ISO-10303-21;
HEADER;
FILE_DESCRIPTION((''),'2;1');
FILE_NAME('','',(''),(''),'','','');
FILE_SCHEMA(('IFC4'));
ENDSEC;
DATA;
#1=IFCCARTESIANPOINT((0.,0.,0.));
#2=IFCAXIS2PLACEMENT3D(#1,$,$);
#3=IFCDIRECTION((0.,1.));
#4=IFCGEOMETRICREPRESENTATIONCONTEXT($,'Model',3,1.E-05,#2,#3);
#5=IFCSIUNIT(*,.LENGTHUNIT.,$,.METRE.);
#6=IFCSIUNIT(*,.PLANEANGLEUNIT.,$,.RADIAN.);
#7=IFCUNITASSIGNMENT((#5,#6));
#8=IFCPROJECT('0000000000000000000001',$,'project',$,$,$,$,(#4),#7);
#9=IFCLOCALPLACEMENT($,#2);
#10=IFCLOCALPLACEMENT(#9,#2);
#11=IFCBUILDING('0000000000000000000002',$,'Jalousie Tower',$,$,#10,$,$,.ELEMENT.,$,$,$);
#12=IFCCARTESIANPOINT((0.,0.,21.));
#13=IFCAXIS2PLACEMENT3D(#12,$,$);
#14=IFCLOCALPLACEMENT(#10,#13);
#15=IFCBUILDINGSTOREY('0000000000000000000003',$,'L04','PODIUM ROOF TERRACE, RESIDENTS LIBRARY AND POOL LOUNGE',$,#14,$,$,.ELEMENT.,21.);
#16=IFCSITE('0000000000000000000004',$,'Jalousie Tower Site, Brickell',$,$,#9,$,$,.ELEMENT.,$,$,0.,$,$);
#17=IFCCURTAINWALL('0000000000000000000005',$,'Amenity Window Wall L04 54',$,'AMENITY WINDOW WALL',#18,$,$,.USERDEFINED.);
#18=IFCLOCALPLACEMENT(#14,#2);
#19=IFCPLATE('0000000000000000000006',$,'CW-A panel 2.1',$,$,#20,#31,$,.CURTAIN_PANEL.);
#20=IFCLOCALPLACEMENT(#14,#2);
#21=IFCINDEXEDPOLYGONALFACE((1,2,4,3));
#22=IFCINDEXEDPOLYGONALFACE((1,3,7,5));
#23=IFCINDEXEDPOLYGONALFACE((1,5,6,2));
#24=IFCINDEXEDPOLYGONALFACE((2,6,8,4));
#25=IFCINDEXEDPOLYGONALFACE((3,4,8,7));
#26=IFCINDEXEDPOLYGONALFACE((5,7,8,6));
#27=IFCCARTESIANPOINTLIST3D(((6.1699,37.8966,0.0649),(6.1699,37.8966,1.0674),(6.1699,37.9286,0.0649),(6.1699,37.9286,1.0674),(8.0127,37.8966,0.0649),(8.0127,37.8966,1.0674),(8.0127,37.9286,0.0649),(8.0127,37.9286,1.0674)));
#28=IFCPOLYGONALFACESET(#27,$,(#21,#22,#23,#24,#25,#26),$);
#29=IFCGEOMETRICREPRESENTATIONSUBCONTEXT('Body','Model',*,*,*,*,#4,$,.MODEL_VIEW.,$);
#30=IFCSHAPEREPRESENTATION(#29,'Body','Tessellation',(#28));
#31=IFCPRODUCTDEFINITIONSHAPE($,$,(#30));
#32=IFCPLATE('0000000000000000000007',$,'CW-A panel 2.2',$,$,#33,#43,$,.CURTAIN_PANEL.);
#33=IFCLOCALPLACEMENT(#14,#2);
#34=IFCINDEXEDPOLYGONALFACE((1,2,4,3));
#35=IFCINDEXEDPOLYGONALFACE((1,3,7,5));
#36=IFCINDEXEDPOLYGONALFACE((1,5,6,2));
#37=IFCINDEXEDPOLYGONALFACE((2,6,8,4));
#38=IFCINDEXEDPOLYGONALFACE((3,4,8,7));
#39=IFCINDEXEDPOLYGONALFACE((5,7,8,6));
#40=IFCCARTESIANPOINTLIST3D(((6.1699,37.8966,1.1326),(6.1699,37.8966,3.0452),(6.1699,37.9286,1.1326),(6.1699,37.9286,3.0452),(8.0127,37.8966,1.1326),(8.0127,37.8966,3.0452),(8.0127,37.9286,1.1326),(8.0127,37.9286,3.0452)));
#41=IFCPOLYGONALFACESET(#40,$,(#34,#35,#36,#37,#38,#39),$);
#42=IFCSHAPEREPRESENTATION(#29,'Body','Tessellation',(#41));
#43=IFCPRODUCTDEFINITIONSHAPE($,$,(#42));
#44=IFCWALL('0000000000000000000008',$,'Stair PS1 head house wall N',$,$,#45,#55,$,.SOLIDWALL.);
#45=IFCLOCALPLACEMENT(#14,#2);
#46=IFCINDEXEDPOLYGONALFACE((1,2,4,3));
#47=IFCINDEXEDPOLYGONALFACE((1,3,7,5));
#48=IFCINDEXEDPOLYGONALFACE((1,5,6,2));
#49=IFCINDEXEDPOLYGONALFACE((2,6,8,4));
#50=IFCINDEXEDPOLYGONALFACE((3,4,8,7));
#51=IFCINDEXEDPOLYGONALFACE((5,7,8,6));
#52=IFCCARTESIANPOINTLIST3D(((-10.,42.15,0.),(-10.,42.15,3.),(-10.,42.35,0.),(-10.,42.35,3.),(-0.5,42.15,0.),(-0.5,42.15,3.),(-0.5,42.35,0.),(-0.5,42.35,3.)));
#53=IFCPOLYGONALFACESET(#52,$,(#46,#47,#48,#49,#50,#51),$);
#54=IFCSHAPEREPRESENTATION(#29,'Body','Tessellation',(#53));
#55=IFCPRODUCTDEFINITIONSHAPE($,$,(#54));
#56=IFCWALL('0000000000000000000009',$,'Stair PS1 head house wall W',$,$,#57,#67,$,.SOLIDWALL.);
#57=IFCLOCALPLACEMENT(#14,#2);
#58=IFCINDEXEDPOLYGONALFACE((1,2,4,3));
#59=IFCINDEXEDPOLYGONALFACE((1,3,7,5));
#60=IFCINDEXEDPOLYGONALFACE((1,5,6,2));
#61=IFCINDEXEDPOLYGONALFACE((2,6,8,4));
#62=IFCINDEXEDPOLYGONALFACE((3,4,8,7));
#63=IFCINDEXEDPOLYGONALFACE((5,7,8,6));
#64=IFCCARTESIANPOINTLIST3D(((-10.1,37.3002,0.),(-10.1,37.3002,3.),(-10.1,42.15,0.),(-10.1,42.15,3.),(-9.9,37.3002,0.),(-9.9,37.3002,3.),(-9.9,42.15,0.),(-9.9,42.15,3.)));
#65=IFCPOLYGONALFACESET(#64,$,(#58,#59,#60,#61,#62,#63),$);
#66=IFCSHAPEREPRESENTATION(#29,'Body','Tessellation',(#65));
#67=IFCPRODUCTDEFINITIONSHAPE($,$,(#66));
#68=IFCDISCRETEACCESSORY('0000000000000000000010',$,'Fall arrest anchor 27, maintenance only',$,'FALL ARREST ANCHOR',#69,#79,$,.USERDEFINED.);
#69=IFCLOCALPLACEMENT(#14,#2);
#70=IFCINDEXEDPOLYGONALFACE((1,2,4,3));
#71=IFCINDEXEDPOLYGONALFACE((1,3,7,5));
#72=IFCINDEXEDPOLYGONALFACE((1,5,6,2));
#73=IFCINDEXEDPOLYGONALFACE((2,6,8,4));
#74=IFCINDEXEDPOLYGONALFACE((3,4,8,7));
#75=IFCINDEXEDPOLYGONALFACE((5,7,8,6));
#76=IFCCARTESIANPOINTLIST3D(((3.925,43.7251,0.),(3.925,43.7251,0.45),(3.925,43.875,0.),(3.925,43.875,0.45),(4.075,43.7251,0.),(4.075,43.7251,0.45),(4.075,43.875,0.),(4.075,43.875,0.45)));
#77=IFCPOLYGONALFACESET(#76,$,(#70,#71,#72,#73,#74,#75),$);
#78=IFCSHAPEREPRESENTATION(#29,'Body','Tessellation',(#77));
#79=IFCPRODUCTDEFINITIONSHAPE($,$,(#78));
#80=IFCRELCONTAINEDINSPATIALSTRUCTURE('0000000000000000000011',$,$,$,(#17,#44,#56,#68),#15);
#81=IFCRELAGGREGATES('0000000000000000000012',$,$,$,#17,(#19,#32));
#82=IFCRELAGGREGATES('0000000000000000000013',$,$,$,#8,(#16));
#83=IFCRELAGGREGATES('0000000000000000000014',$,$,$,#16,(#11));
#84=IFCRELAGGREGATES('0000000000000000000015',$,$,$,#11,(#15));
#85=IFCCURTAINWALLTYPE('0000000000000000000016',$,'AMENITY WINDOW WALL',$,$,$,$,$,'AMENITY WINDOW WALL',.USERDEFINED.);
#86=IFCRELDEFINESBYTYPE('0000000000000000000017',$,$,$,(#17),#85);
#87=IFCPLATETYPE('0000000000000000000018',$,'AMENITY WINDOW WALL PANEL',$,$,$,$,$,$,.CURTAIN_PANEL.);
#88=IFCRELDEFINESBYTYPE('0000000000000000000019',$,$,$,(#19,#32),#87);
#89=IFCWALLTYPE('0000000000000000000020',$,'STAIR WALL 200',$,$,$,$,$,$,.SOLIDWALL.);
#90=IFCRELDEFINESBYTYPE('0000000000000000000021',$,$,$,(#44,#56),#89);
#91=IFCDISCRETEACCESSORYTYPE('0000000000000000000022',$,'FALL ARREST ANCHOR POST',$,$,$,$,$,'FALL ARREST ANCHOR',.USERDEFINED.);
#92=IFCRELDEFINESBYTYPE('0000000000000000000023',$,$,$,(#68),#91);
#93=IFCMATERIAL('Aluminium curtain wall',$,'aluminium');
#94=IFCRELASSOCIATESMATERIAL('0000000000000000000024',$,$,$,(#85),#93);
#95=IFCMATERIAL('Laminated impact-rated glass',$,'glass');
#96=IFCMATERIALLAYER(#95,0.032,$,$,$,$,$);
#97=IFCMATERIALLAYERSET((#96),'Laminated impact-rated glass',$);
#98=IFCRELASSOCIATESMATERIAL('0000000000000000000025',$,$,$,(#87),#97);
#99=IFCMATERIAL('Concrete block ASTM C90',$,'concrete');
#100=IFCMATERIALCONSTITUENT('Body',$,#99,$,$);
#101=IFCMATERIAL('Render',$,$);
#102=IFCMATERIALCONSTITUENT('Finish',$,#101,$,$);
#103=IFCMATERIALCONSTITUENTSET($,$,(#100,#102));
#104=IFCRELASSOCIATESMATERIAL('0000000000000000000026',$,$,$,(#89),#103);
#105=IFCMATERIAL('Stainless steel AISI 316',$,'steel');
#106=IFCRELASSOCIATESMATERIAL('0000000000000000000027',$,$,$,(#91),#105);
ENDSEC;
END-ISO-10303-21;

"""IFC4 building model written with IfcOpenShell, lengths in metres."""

from ifc_helpers import new_model, si_unit, direction, frame, frame_2d, origin, origin_2d, place, context, subcontext, project, spatial, rectangle, extrude, material, layer, layer_set, constituent, constituent_set, type_object, element, aggregate, save


model = new_model("IFC4")

# Units and contexts
model_context = context("Model", 3, precision=1e-05, world=origin(), true_north=direction((0.0, 1.0)))
body_context = subcontext(model_context, "Body", "Model", "MODEL_VIEW")
ifc_project = project(units=[si_unit("LENGTHUNIT", "METRE"), si_unit("PLANEANGLEUNIT", "RADIAN")], contexts=[model_context])

# Site, building, storey
site_placement = place(None, origin())
site = spatial("IfcSite", under=ifc_project, at=site_placement, Name="Jalousie Tower Site, Brickell", CompositionType="ELEMENT", RefElevation=0.0)
building_placement = place(site_placement, origin())
building = spatial("IfcBuilding", under=site, at=building_placement, Name="Jalousie Tower", CompositionType="ELEMENT")
storey_placement = place(building_placement, frame((0.0, 0.0, 21.0)))
storey = spatial("IfcBuildingStorey", under=building, at=storey_placement, Name="L04", Description="PODIUM ROOF TERRACE, RESIDENTS LIBRARY AND POOL LOUNGE", CompositionType="ELEMENT", Elevation=21.0)

# Curtain wall
ifc_material_1 = material(Name="Aluminium curtain wall", Category="aluminium")
curtain_wall_type_1 = type_object("IfcCurtainWallType", Name="AMENITY WINDOW WALL", ElementType="AMENITY WINDOW WALL", PredefinedType="USERDEFINED", material=ifc_material_1)
curtain_wall_1_placement = place(storey_placement, origin())
curtain_wall_1 = element("IfcCurtainWall", 1, at=curtain_wall_1_placement, inside=storey, type_object=curtain_wall_type_1, Name="Amenity Window Wall L04 54", ObjectType="AMENITY WINDOW WALL", PredefinedType="USERDEFINED")

# Plates
ifc_material_2 = material(Name="Laminated impact-rated glass", Category="glass")
ifc_layer_1 = layer(ifc_material_2, 0.032)
ifc_layer_set_1 = layer_set([ifc_layer_1], Name="Laminated impact-rated glass")
plate_type_1 = type_object("IfcPlateType", Name="AMENITY WINDOW WALL PANEL", PredefinedType="CURTAIN_PANEL", material=ifc_layer_set_1)
plate_1_placement = place(storey_placement, frame((7.0913, 37.9126, 0.0649), z_axis=(0.0, 0.0, 1.0), x_axis=(-1.0, 0.0, 0.0)))
plate_1 = element("IfcPlate", 2, at=plate_1_placement, type_object=plate_type_1, Name="CW-A panel 2.1", PredefinedType="CURTAIN_PANEL", context=body_context, shape_type="SweptSolid", body=[
    extrude(rectangle(XDim=1.8428, YDim=0.032, at=origin_2d()), origin(), (0.0, 0.0, 1.0), 1.0024),
])
plate_2_placement = place(storey_placement, frame((7.0913, 37.9126, 1.1326), z_axis=(0.0, 0.0, 1.0), x_axis=(-1.0, 0.0, 0.0)))
plate_2 = element("IfcPlate", 3, at=plate_2_placement, type_object=plate_type_1, Name="CW-A panel 2.2", PredefinedType="CURTAIN_PANEL", context=body_context, shape_type="SweptSolid", body=[
    extrude(rectangle(XDim=1.8428, YDim=0.032, at=origin_2d()), origin(), (0.0, 0.0, 1.0), 1.9126),
])
aggregate(curtain_wall_1, [plate_1, plate_2])

# Walls
ifc_material_3 = material(Name="Concrete block ASTM C90", Category="concrete")
ifc_constituent_1 = constituent(ifc_material_3, Name="Body")
ifc_material_4 = material(Name="Render")
ifc_constituent_2 = constituent(ifc_material_4, Name="Finish")
ifc_constituent_set_1 = constituent_set(constituents=[ifc_constituent_1, ifc_constituent_2])
wall_type = type_object("IfcWallType", Name="STAIR WALL 200", PredefinedType="SOLIDWALL", material=ifc_constituent_set_1)
wall_1_placement = place(storey_placement, frame((-0.5, 42.25, 0.0), z_axis=(0.0, 0.0, 1.0), x_axis=(-1.0, 0.0, 0.0)))
element("IfcWall", 4, at=wall_1_placement, inside=storey, type_object=wall_type, Name="Stair PS1 head house wall N", PredefinedType="SOLIDWALL", context=body_context, shape_type="SweptSolid", body=[
    extrude(rectangle(XDim=9.5, YDim=0.2, at=frame_2d((4.75, 0.0))), origin(), (0.0, 0.0, 1.0), 3.0),
])
wall_2_placement = place(storey_placement, frame((-10.0, 42.1499, 0.0), z_axis=(0.0, 0.0, 1.0), x_axis=(0.0, -1.0, 0.0)))
element("IfcWall", 5, at=wall_2_placement, inside=storey, type_object=wall_type, Name="Stair PS1 head house wall W", PredefinedType="SOLIDWALL", context=body_context, shape_type="SweptSolid", body=[
    extrude(rectangle(XDim=4.8499, YDim=0.2, at=frame_2d((2.4248, 0.0))), origin(), (0.0, 0.0, 1.0), 3.0),
])

# Discrete accessory
ifc_material_5 = material(Name="Stainless steel AISI 316", Category="steel")
discrete_accessory_type = type_object("IfcDiscreteAccessoryType", Name="FALL ARREST ANCHOR POST", ElementType="FALL ARREST ANCHOR", PredefinedType="USERDEFINED", material=ifc_material_5)
discrete_accessory_placement = place(storey_placement, frame((4.0, 43.8, 0.0), z_axis=(0.0, 0.0, 1.0), x_axis=(1.0, 0.0, 0.0)))
element("IfcDiscreteAccessory", 6, at=discrete_accessory_placement, inside=storey, type_object=discrete_accessory_type, Name="Fall arrest anchor 27, maintenance only", ObjectType="FALL ARREST ANCHOR", PredefinedType="USERDEFINED", context=body_context, shape_type="SweptSolid", body=[
    extrude(rectangle(XDim=0.1499, YDim=0.1499, at=origin_2d()), origin(), (0.0, 0.0, 1.0), 0.45),
])

save(model, "model.ifc")
